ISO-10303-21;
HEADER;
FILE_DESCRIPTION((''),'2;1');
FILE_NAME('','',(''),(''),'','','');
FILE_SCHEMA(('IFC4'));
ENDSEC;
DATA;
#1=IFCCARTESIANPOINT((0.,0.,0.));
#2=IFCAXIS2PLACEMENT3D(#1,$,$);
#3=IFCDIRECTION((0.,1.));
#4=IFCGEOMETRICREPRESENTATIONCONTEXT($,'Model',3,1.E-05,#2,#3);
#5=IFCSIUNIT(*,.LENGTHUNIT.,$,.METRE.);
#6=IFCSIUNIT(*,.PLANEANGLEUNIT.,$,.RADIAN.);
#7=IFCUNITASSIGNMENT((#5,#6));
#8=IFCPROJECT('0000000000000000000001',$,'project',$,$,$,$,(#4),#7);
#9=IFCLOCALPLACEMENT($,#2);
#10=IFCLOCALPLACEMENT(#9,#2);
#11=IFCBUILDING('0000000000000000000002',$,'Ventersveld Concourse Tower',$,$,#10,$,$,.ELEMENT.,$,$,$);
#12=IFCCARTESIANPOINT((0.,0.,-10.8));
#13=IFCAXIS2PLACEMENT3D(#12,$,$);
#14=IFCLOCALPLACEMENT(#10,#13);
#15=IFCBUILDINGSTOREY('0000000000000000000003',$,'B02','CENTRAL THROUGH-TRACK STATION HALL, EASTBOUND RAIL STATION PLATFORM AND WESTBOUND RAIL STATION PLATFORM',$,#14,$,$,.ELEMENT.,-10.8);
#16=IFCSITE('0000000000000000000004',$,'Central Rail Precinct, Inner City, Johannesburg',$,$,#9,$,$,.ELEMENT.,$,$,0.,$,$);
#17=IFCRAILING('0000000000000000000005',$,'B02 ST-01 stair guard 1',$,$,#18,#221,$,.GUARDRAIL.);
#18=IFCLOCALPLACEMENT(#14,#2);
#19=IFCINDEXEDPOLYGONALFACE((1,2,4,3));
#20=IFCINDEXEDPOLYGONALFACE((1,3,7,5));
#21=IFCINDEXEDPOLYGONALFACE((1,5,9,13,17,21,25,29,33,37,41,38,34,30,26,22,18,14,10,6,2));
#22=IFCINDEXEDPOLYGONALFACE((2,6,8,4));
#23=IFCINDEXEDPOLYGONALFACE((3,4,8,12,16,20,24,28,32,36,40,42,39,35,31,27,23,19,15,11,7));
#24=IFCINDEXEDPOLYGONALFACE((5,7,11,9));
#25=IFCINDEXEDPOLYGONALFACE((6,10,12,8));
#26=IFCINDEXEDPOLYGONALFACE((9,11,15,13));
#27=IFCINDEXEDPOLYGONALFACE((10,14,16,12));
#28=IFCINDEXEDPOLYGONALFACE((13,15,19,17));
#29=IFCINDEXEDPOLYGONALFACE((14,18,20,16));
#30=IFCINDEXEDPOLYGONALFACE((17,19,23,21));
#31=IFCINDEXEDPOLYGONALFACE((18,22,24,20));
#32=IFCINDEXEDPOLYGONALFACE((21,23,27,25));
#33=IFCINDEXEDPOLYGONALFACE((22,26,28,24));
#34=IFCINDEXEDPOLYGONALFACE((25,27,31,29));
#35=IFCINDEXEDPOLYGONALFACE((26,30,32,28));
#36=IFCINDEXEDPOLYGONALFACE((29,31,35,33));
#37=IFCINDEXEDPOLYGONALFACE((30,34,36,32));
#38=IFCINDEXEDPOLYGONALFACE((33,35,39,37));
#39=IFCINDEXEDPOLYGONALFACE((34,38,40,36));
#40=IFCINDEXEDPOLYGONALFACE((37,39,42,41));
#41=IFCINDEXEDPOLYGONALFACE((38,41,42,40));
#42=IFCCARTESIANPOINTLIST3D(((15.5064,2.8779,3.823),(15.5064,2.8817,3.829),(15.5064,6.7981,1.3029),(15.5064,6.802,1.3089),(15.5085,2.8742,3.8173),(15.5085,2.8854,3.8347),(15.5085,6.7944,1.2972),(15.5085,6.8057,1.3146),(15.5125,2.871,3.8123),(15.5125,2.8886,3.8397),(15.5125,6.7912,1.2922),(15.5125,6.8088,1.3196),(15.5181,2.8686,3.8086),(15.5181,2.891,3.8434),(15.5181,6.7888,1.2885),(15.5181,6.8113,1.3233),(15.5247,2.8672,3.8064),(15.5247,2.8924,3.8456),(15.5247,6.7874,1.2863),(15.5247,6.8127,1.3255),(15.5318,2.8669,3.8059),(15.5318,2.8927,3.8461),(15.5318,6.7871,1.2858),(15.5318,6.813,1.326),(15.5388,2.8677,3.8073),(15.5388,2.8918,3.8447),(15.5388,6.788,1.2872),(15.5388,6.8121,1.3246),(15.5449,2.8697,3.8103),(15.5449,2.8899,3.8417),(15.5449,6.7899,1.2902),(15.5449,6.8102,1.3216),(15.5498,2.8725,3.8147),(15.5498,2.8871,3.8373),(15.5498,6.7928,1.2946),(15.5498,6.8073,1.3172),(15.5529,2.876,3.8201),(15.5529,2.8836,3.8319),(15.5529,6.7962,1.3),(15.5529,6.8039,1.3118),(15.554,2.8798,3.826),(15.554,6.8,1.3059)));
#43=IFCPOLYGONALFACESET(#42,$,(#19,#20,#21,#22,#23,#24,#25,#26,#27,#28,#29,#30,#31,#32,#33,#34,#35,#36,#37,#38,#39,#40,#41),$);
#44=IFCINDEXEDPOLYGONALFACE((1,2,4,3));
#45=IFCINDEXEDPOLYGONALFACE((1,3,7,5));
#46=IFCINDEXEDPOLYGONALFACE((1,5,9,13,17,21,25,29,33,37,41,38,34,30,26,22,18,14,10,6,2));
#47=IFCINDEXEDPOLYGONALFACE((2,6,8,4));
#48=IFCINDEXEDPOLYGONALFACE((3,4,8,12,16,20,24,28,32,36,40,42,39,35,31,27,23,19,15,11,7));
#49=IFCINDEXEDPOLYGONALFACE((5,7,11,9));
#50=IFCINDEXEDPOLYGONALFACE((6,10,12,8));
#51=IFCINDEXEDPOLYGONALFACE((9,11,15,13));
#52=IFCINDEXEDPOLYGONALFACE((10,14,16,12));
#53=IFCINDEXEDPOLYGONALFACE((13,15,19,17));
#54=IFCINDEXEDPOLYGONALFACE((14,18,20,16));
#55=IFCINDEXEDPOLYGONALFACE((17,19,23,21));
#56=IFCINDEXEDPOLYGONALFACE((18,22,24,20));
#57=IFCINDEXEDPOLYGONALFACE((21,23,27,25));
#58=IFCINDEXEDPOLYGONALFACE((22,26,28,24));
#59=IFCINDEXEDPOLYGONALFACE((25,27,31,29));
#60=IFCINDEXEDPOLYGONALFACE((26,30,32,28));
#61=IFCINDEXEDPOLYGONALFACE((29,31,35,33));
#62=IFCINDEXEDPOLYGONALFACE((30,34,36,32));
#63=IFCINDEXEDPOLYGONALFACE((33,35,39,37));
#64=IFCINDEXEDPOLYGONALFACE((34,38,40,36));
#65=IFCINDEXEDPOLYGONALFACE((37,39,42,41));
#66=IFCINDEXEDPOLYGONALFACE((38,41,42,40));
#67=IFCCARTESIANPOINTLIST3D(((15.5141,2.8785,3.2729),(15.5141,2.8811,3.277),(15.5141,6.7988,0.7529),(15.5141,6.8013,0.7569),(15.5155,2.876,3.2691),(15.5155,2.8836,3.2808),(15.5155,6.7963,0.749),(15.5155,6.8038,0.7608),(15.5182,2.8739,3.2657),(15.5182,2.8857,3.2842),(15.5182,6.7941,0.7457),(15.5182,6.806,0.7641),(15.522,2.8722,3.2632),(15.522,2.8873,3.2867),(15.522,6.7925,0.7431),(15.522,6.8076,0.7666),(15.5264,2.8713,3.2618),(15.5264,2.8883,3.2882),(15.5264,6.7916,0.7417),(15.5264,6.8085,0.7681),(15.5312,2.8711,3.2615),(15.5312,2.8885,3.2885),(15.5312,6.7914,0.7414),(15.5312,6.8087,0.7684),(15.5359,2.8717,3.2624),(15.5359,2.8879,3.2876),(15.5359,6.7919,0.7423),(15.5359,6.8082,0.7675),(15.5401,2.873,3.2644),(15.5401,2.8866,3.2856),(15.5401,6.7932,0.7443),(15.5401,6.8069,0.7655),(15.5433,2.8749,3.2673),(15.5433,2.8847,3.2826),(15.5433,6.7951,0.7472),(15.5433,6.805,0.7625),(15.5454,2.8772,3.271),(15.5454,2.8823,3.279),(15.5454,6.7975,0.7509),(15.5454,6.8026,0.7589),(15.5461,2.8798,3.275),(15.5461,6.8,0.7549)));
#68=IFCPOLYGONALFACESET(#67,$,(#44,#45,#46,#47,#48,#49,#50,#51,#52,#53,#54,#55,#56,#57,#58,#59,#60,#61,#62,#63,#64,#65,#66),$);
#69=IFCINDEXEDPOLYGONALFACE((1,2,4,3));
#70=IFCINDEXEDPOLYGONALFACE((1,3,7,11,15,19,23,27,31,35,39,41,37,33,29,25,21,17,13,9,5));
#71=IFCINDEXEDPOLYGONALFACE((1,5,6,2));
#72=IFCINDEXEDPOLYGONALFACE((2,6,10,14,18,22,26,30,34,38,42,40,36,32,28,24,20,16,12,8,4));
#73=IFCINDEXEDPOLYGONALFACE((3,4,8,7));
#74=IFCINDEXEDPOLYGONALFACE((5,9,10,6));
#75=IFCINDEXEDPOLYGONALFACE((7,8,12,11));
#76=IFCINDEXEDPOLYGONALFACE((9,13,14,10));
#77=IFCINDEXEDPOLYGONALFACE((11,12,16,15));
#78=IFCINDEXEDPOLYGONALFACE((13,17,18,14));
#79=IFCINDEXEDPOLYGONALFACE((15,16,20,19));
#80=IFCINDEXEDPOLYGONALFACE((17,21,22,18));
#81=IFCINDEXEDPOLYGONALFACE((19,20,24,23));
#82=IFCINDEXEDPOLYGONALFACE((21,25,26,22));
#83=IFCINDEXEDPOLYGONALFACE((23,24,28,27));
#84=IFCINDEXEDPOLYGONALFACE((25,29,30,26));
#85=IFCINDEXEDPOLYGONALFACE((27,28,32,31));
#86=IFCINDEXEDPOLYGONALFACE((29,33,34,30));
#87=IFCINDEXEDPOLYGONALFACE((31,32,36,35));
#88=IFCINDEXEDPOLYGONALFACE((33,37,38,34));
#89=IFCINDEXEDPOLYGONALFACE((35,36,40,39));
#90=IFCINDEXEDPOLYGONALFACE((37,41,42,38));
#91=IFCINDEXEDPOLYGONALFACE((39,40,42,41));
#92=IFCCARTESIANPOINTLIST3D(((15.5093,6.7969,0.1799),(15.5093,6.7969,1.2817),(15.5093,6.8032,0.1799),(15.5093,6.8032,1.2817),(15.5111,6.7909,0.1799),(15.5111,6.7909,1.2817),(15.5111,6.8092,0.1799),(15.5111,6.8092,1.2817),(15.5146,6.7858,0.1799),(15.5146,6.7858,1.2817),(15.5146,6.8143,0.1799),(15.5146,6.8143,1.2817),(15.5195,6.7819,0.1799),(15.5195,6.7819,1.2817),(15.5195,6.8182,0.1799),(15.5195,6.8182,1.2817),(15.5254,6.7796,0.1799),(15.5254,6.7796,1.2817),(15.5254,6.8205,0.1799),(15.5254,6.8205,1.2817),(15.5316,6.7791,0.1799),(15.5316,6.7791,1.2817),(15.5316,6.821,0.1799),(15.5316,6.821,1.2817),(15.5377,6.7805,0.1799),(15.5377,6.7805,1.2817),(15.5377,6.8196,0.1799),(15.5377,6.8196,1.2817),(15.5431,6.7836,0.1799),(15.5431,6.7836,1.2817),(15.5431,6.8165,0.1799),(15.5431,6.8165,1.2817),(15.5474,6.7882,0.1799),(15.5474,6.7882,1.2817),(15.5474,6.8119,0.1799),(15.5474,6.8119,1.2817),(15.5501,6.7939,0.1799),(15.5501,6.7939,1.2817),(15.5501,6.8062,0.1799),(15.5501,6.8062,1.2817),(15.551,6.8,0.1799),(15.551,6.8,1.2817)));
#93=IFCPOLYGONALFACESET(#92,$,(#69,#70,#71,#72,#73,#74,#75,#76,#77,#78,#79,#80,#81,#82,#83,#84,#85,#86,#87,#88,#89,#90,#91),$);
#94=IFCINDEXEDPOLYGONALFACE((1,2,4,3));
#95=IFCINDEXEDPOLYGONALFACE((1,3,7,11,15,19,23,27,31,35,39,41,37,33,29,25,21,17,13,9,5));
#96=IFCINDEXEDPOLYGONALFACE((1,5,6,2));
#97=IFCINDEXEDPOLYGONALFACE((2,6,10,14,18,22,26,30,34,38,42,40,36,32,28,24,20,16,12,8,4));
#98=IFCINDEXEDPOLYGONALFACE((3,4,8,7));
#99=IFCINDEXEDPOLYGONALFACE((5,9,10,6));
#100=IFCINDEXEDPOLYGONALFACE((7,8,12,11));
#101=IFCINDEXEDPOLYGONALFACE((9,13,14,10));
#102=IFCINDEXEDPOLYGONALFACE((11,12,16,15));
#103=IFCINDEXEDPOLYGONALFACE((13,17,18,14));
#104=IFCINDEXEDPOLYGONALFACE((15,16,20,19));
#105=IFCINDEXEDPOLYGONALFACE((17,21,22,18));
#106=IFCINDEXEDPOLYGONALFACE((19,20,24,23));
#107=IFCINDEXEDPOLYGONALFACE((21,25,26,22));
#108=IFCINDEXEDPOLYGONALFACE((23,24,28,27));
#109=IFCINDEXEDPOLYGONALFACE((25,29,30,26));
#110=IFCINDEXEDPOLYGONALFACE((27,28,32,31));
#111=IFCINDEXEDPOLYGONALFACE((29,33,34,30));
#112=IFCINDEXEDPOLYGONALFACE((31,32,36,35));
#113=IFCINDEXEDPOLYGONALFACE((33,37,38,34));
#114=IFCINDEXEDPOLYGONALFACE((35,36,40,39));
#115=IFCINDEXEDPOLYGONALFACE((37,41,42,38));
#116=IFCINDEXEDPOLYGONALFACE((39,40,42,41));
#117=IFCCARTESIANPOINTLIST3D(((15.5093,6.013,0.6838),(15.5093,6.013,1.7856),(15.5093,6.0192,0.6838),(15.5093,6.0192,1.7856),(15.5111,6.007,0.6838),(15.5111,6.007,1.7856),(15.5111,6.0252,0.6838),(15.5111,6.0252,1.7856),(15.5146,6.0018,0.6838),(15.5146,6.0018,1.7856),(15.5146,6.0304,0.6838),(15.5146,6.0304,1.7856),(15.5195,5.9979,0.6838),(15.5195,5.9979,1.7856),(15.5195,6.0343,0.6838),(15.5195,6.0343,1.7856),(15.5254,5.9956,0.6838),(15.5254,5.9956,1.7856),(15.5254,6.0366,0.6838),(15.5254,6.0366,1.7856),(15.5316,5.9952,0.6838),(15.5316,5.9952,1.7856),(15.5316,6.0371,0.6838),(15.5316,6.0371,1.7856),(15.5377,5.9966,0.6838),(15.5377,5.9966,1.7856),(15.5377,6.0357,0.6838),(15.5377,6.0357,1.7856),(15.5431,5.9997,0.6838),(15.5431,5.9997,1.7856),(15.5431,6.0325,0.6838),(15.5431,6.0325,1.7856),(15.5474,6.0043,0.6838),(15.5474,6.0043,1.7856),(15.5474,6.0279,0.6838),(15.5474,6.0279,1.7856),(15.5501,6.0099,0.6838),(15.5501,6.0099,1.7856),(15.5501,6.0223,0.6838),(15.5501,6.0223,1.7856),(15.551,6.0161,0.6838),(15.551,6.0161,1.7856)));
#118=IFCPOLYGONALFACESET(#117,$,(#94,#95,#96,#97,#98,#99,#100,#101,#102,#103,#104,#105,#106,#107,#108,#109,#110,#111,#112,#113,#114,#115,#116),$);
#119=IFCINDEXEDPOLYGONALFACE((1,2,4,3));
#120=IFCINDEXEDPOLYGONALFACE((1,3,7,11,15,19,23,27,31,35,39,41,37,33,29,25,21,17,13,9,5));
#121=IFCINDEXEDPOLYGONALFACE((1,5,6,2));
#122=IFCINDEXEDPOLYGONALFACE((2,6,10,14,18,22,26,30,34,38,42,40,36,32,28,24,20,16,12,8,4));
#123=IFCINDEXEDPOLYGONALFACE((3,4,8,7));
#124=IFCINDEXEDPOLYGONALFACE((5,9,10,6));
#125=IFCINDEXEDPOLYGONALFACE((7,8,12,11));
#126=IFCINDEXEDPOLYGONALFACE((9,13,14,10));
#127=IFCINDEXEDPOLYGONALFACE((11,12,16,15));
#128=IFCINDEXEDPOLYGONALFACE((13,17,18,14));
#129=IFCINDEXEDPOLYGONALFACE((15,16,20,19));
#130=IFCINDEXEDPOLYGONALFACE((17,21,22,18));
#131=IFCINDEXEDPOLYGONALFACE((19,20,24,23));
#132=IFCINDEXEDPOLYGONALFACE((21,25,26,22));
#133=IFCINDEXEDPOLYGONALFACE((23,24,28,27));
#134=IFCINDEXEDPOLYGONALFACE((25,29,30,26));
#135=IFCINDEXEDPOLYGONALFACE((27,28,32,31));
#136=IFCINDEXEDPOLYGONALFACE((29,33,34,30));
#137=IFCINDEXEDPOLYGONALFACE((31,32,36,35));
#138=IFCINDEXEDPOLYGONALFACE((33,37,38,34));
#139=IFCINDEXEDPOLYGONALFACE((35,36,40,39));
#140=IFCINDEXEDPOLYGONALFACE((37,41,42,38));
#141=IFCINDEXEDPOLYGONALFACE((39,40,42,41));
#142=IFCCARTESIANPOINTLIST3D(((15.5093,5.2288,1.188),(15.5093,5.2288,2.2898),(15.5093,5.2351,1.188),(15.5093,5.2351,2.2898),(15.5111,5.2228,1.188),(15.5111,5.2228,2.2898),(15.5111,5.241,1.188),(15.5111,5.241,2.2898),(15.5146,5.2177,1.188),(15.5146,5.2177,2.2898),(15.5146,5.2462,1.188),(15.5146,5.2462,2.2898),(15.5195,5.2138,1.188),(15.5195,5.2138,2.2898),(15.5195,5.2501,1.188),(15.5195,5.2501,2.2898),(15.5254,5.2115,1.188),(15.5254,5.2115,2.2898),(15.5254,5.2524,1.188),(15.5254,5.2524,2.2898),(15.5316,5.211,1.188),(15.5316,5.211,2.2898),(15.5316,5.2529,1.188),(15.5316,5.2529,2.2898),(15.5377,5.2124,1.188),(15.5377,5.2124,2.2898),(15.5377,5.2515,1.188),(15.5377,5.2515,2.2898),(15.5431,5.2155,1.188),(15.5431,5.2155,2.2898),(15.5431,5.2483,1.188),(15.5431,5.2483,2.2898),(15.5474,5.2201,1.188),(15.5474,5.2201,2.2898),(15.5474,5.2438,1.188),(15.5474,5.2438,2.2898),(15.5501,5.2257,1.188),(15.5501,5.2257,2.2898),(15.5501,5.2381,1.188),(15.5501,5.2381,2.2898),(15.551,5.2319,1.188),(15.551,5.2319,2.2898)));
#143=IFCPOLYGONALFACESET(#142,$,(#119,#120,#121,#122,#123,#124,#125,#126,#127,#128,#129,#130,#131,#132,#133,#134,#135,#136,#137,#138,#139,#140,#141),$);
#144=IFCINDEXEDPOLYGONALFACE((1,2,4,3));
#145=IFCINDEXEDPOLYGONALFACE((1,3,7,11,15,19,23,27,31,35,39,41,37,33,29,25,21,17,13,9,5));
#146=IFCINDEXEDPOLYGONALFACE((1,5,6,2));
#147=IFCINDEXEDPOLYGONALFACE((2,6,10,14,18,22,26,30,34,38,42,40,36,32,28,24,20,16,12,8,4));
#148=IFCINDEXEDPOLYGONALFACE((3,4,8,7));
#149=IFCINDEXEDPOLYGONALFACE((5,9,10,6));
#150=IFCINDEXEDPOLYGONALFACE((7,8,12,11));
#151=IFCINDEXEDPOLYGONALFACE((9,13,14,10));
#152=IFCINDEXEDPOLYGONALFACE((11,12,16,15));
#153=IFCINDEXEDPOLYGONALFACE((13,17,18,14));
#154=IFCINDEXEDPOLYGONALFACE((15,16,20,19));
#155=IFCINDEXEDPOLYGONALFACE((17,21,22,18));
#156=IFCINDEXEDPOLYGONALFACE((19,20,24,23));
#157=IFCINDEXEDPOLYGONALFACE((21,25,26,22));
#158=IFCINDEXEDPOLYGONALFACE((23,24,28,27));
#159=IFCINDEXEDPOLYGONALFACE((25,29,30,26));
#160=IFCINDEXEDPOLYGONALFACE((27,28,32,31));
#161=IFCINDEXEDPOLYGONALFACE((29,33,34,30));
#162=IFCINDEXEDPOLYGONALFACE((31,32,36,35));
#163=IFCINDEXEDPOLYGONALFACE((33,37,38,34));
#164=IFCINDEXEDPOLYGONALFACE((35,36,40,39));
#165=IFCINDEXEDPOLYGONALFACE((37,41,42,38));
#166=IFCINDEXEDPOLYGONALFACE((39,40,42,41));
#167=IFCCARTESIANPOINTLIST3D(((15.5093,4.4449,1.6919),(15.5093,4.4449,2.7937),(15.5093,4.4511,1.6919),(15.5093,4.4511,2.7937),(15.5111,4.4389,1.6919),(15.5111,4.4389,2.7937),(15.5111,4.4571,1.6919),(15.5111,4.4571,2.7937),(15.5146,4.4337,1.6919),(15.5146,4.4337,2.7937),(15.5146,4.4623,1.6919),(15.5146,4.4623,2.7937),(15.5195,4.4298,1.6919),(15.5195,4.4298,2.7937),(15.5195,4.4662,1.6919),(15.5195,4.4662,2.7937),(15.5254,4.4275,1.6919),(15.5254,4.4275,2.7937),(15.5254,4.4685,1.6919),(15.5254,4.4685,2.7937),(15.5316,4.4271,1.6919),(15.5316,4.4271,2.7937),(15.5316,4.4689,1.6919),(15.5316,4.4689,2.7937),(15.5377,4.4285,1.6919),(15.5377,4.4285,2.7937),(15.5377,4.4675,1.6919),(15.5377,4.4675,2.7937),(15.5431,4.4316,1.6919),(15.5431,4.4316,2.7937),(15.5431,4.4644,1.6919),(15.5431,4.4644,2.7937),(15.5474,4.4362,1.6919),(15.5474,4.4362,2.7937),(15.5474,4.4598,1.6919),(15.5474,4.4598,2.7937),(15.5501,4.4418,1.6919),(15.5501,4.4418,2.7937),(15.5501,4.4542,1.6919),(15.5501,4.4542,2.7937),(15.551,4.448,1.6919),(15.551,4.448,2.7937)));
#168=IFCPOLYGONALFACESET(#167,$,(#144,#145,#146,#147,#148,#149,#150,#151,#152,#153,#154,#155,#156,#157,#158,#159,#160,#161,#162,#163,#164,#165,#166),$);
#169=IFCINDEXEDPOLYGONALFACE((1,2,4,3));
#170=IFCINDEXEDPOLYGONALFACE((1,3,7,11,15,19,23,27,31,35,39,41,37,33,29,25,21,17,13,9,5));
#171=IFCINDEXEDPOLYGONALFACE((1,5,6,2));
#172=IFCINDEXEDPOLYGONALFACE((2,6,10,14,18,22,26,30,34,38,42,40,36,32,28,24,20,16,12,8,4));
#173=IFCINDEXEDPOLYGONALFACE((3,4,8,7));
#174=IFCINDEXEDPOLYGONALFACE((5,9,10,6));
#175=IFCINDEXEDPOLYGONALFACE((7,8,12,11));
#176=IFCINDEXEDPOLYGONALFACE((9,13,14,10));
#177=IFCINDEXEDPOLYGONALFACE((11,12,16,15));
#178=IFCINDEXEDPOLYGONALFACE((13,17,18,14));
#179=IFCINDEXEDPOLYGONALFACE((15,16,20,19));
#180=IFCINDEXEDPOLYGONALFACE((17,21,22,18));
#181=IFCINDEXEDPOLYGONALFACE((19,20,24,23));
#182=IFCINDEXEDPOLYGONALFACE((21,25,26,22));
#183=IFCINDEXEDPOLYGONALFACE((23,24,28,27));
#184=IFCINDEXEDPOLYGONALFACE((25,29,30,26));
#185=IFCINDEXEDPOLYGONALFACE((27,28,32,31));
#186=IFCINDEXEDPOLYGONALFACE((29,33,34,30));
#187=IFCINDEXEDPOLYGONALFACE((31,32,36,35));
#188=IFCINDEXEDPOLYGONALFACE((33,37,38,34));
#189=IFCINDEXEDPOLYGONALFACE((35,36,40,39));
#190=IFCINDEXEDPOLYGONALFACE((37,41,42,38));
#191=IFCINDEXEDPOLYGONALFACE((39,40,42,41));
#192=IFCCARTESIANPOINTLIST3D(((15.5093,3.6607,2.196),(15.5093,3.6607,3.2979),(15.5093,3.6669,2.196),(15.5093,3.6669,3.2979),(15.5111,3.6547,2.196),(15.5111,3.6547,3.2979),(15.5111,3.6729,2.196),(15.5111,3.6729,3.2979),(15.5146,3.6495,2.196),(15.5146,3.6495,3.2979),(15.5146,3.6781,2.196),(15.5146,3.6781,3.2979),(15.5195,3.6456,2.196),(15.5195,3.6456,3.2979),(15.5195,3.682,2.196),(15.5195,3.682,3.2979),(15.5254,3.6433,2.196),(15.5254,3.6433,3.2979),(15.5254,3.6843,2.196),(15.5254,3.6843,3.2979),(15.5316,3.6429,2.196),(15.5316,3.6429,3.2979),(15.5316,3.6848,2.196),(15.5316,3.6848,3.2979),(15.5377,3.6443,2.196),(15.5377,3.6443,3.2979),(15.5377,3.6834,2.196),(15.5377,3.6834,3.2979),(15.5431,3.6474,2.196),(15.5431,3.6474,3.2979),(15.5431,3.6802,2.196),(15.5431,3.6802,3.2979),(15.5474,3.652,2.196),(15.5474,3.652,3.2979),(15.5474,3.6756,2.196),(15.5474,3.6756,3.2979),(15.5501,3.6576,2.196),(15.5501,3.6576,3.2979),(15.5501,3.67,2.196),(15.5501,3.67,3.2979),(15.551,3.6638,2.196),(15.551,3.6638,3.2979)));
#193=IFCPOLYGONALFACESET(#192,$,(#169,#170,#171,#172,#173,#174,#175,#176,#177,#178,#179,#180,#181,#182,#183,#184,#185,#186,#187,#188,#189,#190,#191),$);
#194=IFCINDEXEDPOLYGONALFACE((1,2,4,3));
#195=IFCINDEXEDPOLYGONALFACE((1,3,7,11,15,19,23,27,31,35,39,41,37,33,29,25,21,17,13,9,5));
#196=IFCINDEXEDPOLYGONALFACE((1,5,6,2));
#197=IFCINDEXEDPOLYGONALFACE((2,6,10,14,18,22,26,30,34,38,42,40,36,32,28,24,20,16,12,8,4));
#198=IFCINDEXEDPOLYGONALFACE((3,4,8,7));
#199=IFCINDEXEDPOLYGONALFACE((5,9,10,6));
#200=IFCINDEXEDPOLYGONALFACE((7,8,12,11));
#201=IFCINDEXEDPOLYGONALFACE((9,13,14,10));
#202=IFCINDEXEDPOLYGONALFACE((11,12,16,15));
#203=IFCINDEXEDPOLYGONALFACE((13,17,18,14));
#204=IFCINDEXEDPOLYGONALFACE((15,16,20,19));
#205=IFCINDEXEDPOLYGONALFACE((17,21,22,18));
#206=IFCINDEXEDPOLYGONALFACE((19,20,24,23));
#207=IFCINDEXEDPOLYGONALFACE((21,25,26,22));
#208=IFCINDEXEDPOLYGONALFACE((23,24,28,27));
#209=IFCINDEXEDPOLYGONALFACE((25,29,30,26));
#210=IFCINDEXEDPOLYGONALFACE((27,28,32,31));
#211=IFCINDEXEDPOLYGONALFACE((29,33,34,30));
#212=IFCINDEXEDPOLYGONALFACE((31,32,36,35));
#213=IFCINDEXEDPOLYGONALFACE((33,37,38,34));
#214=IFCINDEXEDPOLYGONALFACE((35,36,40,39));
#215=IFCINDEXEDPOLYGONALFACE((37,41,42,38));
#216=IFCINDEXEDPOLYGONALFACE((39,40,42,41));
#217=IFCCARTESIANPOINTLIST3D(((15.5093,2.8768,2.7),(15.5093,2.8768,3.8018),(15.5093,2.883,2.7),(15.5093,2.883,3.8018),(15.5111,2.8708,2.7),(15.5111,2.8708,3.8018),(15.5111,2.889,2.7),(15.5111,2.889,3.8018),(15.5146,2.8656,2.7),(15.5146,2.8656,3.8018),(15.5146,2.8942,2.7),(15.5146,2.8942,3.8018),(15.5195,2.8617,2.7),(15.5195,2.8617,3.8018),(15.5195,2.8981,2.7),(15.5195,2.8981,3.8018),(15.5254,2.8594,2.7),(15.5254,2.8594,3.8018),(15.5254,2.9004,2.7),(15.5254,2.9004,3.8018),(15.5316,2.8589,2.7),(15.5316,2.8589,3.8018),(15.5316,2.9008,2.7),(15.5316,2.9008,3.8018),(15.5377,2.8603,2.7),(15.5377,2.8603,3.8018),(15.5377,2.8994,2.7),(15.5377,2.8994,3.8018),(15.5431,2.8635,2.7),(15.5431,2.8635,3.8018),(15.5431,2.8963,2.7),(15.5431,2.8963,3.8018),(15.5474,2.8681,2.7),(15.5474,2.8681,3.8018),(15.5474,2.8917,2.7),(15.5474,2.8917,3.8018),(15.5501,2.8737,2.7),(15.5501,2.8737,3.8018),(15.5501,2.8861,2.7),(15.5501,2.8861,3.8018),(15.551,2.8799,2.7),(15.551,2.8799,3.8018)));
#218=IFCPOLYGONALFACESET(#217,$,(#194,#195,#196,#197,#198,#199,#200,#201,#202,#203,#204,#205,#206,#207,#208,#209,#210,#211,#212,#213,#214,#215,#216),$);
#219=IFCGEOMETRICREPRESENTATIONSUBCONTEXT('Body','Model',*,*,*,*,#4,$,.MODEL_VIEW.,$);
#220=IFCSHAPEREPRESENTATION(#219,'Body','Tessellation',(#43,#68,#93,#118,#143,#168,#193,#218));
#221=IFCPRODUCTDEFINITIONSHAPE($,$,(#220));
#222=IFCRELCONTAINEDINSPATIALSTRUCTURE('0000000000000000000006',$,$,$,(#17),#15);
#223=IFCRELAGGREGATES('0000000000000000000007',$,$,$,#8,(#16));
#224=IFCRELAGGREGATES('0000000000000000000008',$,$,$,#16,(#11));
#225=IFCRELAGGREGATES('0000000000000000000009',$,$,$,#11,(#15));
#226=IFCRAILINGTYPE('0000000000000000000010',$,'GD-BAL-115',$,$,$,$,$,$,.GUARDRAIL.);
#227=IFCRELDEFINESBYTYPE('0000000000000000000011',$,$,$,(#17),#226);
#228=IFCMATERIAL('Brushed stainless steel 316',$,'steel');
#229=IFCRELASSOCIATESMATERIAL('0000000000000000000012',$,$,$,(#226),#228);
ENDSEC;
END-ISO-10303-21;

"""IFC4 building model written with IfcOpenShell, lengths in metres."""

from ifc_helpers import new_model, si_unit, direction, frame, origin, origin_2d, place, context, subcontext, project, spatial, circle, extrude, material, type_object, element, save


model = new_model("IFC4")

# Units and contexts
model_context = context("Model", 3, precision=1e-05, world=origin(), true_north=direction((0.0, 1.0)))
body_context = subcontext(model_context, "Body", "Model", "MODEL_VIEW")
ifc_project = project(units=[si_unit("LENGTHUNIT", "METRE"), si_unit("PLANEANGLEUNIT", "RADIAN")], contexts=[model_context])

# Site, building, storey
site_placement = place(None, origin())
site = spatial("IfcSite", under=ifc_project, at=site_placement, Name="Central Rail Precinct, Inner City, Johannesburg", CompositionType="ELEMENT", RefElevation=0.0)
building_placement = place(site_placement, origin())
building = spatial("IfcBuilding", under=site, at=building_placement, Name="Ventersveld Concourse Tower", CompositionType="ELEMENT")
storey_placement = place(building_placement, frame((0.0, 0.0, -10.8)))
storey = spatial("IfcBuildingStorey", under=building, at=storey_placement, Name="B02", Description="CENTRAL THROUGH-TRACK STATION HALL, EASTBOUND RAIL STATION PLATFORM AND WESTBOUND RAIL STATION PLATFORM", CompositionType="ELEMENT", Elevation=-10.8)

# Shared definitions
ifc_material_1 = material(Name="Brushed stainless steel 316", Category="steel")

# Railing
railing_type_1 = type_object("IfcRailingType", Name="GD-BAL-115", PredefinedType="GUARDRAIL", material=ifc_material_1)
railing_1_placement = place(storey_placement, frame((15.53, 6.8, 0.1799)))
element("IfcRailing", 1, at=railing_1_placement, inside=storey, type_object=railing_type_1, Name="B02 ST-01 stair guard 1", PredefinedType="GUARDRAIL", context=body_context, shape_type="SweptSolid", body=[
    extrude(circle(Radius=0.0239, at=origin_2d()), frame((0.0, 0.0, 1.126), z_axis=(0.0, -0.841187, 0.540744), x_axis=(1.0, 0.0, 0.0)), (0.0, 0.0, 1.0), 4.6604),
    extrude(circle(Radius=0.0161, at=origin_2d()), frame((0.0, 0.0, 0.575), z_axis=(0.0, -0.841187, 0.540744), x_axis=(1.0, 0.0, 0.0)), (0.0, 0.0, 1.0), 4.6604),
    extrude(circle(Radius=0.021, at=origin_2d()), origin(), (0.0, 0.0, 1.0), 1.1018),
    extrude(circle(Radius=0.021, at=origin_2d()), frame((0.0, -0.7839, 0.5039)), (0.0, 0.0, 1.0), 1.1018),
    extrude(circle(Radius=0.021, at=origin_2d()), frame((0.0, -1.5681, 1.0081)), (0.0, 0.0, 1.0), 1.1018),
    extrude(circle(Radius=0.021, at=origin_2d()), frame((0.0, -2.3521, 1.512)), (0.0, 0.0, 1.0), 1.1018),
    extrude(circle(Radius=0.021, at=origin_2d()), frame((0.0, -3.1362, 2.0161)), (0.0, 0.0, 1.0), 1.1018),
    extrude(circle(Radius=0.021, at=origin_2d()), frame((0.0, -3.9202, 2.52)), (0.0, 0.0, 1.0), 1.1018),
])

save(model, "model.ifc")
